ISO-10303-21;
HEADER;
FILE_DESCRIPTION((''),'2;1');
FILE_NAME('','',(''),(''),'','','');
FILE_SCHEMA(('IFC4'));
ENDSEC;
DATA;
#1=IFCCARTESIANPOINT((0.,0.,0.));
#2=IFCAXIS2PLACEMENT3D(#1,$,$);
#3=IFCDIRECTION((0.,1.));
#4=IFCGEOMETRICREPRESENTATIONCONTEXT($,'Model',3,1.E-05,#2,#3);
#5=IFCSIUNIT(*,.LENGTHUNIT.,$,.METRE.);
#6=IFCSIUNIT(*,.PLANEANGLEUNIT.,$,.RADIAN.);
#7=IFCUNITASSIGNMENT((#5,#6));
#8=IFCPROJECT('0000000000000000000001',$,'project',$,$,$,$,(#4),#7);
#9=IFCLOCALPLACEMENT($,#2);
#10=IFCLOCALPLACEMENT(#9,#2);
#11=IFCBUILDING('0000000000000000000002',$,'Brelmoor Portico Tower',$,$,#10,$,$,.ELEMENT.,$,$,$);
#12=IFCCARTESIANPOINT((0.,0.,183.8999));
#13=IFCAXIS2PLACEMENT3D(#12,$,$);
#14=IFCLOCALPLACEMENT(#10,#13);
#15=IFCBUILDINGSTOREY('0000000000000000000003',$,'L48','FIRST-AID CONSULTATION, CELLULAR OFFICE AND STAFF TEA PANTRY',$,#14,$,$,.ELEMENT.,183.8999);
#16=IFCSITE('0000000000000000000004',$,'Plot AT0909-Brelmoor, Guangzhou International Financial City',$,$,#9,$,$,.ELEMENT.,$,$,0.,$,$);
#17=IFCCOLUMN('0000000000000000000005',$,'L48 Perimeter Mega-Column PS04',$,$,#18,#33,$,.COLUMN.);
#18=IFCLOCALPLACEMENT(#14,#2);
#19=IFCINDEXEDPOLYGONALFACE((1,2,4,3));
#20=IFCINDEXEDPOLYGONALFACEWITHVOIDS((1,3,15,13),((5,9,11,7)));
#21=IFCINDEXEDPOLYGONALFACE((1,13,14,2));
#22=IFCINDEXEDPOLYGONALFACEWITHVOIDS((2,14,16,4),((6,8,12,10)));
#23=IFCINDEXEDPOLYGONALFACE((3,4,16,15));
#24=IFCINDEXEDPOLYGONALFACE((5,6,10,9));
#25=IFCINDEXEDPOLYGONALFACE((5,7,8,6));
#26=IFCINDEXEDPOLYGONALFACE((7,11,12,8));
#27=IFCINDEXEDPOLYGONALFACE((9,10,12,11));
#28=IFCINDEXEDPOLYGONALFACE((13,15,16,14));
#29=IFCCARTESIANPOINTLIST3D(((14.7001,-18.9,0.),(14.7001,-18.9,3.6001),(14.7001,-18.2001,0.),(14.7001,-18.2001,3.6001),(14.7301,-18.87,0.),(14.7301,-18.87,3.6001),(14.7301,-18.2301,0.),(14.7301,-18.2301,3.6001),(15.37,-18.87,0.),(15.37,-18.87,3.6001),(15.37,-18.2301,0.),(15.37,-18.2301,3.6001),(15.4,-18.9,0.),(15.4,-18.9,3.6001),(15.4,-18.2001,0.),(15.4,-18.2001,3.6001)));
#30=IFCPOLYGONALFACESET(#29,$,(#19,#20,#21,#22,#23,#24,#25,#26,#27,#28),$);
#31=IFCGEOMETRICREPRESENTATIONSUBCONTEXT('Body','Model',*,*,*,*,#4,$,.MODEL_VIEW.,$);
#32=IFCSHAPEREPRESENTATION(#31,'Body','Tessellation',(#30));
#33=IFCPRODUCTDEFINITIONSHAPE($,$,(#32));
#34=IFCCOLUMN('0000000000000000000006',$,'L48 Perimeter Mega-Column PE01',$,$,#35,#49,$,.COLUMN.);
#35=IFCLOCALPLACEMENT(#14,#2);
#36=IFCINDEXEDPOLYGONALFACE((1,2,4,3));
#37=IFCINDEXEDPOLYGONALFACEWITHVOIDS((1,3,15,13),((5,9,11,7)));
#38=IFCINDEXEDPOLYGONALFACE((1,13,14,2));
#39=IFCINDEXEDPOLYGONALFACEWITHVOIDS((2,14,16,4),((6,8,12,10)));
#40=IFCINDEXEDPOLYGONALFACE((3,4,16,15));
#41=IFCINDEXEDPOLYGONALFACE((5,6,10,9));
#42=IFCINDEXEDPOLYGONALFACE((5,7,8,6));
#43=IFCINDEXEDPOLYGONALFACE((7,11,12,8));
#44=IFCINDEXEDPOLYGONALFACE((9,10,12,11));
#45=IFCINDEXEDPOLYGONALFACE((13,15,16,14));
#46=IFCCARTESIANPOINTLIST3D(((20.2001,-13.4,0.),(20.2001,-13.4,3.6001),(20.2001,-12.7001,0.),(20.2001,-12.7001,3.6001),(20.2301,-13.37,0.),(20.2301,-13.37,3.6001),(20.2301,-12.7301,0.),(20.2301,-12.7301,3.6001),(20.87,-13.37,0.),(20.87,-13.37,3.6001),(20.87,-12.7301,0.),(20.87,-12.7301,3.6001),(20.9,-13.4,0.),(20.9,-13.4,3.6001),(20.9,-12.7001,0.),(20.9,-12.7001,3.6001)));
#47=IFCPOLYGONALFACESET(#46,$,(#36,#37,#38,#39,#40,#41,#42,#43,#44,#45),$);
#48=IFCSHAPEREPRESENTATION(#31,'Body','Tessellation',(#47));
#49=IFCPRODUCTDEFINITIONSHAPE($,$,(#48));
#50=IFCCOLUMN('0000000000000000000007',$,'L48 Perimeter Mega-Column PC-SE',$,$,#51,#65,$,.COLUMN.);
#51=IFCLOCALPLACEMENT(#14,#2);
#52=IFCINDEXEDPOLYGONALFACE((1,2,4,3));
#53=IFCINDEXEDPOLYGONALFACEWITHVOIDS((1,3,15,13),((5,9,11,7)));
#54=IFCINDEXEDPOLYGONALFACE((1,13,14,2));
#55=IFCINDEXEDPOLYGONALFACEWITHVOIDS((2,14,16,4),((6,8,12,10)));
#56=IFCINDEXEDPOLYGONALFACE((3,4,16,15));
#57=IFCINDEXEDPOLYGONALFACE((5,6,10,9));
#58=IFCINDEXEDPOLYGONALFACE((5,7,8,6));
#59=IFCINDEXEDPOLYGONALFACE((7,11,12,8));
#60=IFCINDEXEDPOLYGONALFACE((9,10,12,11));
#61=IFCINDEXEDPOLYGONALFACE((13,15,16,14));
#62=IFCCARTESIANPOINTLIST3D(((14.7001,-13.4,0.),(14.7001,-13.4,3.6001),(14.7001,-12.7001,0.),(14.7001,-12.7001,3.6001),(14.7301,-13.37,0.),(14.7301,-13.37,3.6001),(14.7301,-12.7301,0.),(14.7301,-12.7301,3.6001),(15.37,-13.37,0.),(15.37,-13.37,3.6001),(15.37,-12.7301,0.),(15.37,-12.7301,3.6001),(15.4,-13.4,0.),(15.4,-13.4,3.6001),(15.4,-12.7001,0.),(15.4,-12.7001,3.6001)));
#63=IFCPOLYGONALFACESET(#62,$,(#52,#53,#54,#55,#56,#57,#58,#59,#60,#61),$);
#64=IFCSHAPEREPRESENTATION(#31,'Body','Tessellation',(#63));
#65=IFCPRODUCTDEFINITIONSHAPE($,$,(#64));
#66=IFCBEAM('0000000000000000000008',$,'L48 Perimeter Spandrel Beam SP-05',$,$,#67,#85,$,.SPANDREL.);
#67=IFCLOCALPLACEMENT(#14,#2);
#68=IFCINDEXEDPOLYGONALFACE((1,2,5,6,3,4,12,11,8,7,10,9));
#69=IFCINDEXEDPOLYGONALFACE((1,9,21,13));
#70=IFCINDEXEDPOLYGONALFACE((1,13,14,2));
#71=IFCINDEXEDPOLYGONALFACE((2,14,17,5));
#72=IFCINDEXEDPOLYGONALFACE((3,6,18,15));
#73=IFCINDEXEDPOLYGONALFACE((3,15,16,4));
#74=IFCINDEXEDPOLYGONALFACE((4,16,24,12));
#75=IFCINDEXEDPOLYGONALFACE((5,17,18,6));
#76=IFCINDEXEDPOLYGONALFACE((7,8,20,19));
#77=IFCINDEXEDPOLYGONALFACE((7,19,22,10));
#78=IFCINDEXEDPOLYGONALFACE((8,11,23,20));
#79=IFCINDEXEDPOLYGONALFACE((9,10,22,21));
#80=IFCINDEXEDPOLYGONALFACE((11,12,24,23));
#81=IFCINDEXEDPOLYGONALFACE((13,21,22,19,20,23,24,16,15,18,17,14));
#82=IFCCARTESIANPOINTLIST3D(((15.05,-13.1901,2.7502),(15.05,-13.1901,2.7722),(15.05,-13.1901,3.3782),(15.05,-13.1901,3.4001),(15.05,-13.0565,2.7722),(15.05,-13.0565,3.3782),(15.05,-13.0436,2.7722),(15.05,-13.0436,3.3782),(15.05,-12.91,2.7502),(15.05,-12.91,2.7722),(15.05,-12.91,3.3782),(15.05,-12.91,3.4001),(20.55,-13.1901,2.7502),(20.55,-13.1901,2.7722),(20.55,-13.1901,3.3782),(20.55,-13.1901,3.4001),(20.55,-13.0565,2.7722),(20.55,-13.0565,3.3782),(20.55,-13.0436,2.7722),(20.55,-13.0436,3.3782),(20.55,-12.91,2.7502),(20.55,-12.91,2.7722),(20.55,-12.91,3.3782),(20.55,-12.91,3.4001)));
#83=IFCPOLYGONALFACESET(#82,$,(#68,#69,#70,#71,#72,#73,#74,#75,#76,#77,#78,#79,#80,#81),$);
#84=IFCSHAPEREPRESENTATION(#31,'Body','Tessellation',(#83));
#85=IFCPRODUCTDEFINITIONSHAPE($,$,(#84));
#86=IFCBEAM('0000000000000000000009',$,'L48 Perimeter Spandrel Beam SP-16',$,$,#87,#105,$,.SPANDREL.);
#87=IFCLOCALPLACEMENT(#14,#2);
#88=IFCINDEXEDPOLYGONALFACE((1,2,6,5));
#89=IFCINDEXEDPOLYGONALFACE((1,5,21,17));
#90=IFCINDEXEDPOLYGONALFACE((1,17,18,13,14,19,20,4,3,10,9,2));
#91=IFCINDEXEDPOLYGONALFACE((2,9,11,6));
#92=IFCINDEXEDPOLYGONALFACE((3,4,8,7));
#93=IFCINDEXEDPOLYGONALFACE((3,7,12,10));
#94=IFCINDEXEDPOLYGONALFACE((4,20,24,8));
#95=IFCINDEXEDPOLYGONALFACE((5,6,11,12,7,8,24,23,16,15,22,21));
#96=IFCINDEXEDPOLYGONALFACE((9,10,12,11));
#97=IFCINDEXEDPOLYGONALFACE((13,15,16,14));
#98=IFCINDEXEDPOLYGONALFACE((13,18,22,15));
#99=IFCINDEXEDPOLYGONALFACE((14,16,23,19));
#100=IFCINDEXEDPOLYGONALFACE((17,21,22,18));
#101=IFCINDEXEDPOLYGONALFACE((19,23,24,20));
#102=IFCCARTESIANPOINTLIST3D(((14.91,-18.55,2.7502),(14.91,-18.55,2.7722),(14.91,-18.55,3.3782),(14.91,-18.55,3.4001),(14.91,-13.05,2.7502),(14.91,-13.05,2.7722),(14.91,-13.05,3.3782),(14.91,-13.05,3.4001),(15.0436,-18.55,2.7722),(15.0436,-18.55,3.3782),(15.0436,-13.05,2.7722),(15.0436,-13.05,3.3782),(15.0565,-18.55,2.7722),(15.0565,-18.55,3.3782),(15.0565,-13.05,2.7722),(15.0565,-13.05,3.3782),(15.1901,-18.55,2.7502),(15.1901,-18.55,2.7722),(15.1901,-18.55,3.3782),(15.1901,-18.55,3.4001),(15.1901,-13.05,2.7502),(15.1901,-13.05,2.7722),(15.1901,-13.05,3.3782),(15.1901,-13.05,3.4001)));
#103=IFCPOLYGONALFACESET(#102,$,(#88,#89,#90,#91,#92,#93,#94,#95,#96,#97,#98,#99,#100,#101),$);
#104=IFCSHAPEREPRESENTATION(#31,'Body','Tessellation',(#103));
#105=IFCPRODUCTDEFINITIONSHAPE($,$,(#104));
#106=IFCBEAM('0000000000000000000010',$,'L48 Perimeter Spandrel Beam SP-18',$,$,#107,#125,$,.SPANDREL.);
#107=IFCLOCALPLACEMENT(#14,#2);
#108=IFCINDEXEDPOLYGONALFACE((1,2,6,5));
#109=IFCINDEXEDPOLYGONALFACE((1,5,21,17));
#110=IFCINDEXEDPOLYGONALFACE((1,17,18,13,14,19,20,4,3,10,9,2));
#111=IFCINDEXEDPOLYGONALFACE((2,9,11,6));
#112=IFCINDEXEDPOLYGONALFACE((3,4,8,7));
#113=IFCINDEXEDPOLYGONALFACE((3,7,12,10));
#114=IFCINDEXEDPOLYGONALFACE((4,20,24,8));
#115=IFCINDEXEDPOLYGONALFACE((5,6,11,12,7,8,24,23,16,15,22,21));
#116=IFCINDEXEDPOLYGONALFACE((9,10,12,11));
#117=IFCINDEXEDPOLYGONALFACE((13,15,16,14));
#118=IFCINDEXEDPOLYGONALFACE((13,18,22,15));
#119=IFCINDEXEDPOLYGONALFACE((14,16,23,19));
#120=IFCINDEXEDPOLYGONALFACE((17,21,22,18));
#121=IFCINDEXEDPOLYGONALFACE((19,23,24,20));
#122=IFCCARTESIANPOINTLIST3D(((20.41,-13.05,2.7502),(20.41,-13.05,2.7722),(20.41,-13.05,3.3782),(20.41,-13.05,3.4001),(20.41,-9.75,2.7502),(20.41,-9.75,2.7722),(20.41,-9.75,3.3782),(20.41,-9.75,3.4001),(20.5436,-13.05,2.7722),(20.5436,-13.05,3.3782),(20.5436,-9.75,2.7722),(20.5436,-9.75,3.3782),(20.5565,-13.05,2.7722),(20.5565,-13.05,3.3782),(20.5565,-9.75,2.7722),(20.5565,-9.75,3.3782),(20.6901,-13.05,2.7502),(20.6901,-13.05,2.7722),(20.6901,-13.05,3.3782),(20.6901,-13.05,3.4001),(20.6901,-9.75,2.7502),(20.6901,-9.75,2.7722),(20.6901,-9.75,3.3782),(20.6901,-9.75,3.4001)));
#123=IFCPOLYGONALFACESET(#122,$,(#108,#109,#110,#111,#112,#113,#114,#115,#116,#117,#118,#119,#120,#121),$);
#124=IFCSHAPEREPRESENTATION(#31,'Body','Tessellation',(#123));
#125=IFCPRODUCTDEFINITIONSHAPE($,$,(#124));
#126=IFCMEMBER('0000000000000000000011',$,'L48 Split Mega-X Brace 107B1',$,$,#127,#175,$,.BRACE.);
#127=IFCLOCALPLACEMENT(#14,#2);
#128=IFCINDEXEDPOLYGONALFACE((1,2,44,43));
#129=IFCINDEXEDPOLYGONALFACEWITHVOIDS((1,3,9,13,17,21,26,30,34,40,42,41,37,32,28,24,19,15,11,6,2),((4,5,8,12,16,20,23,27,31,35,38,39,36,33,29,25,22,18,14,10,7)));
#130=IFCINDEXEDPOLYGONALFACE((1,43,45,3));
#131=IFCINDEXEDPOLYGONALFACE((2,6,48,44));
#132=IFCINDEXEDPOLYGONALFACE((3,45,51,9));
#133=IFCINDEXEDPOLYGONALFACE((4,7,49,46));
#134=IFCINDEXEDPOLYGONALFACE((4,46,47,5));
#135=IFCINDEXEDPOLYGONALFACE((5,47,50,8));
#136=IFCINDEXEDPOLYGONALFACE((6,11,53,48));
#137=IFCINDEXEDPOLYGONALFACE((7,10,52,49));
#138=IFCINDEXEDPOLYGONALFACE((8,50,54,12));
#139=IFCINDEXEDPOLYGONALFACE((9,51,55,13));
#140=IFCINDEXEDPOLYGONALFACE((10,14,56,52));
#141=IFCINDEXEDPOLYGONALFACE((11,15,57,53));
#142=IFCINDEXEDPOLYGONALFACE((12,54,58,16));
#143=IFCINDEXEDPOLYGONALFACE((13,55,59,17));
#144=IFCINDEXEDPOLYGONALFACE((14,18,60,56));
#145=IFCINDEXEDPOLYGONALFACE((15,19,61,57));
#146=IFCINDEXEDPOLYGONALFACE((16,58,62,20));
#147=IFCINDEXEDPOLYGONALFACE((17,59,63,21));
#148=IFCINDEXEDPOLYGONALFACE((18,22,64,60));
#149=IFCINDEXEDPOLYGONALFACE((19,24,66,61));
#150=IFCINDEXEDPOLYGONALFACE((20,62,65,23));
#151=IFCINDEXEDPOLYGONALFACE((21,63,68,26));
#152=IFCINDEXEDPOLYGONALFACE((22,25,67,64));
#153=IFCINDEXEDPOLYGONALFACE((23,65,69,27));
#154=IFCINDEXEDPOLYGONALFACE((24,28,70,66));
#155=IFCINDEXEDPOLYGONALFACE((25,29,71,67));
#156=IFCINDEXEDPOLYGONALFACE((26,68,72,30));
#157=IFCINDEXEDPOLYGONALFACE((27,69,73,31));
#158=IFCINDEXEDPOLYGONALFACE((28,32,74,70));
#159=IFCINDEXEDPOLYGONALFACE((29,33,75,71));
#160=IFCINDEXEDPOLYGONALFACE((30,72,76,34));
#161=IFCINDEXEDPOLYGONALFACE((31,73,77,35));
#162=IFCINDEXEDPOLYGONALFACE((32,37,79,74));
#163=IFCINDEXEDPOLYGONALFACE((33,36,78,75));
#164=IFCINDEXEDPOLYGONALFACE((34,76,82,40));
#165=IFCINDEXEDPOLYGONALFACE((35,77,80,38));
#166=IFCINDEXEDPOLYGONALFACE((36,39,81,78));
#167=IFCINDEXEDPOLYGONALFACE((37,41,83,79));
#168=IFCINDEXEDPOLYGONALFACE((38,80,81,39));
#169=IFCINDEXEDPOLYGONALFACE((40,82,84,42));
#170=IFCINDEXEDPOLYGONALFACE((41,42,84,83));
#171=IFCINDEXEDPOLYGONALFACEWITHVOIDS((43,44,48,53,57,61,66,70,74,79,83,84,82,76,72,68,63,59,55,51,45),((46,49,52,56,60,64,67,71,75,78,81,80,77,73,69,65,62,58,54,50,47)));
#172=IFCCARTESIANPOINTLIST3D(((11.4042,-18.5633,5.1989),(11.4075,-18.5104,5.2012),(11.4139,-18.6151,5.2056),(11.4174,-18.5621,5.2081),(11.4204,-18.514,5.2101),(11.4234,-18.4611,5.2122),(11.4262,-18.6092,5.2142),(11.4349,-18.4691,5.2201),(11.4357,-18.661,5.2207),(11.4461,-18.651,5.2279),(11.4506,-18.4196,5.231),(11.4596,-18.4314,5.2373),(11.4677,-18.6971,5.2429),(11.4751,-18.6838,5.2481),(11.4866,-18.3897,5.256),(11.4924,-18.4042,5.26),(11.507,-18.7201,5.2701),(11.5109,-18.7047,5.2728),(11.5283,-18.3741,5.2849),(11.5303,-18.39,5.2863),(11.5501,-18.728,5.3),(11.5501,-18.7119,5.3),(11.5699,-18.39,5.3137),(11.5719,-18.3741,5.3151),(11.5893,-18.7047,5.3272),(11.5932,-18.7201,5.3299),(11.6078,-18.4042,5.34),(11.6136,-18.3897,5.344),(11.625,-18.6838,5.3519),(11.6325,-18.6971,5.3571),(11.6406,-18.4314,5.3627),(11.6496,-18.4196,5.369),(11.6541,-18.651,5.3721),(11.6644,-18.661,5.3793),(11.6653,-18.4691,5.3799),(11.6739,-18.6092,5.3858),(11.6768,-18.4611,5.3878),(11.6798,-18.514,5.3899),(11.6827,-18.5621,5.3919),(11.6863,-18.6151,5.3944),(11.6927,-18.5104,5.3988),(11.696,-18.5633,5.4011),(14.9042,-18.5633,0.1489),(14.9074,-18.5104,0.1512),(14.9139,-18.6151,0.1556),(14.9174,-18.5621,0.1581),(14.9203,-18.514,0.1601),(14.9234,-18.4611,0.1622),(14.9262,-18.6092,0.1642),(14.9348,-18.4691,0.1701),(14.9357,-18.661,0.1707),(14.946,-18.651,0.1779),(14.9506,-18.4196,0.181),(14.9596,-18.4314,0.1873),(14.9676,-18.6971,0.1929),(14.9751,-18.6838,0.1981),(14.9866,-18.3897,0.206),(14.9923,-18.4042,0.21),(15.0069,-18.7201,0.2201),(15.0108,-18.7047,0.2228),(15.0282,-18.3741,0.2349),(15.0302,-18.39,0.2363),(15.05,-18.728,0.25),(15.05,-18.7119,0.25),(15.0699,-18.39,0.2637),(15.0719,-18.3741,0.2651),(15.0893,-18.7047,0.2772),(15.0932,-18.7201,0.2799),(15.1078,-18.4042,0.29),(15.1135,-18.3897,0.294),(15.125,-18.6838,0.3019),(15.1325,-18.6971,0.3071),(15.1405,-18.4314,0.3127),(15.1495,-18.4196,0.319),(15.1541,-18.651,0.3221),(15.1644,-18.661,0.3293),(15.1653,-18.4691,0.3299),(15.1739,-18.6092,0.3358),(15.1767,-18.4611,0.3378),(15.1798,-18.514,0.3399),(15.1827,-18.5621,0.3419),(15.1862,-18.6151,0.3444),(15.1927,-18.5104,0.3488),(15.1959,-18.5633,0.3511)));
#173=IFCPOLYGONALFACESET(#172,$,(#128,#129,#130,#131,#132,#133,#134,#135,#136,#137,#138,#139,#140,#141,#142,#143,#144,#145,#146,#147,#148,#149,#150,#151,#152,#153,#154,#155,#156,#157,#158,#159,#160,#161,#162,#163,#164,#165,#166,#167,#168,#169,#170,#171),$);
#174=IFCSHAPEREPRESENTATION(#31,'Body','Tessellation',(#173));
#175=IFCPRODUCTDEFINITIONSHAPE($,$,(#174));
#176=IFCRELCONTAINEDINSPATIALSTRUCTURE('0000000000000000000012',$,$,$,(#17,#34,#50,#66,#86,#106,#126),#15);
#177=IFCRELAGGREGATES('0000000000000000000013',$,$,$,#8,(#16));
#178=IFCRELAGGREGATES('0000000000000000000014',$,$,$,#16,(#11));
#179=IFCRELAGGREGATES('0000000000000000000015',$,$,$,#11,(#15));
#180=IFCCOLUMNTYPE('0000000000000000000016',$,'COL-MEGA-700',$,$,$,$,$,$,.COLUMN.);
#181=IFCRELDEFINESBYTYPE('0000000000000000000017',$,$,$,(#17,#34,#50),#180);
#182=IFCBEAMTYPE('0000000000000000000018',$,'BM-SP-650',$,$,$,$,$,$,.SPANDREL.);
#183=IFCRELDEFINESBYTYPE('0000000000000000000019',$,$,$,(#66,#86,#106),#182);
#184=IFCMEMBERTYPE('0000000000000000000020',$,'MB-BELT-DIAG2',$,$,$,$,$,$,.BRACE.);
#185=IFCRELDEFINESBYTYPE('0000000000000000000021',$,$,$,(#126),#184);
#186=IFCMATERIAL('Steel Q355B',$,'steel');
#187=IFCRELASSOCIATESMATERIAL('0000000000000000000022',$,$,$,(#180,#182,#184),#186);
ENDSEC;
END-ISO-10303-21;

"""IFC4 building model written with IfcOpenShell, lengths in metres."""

from ifc_helpers import new_model, si_unit, direction, frame, origin, origin_2d, place, context, subcontext, project, spatial, hollow_rectangle, hollow_circle, i_section, extrude, material, material_profile, profile_set, type_object, element, save


model = new_model("IFC4")

# Units and contexts
model_context = context("Model", 3, precision=1e-05, world=origin(), true_north=direction((0.0, 1.0)))
body_context = subcontext(model_context, "Body", "Model", "MODEL_VIEW")
ifc_project = project(units=[si_unit("LENGTHUNIT", "METRE"), si_unit("PLANEANGLEUNIT", "RADIAN")], contexts=[model_context])

# Site, building, storey
site_placement = place(None, origin())
site = spatial("IfcSite", under=ifc_project, at=site_placement, Name="Plot AT0909-Brelmoor, Guangzhou International Financial City", CompositionType="ELEMENT", RefElevation=0.0)
building_placement = place(site_placement, origin())
building = spatial("IfcBuilding", under=site, at=building_placement, Name="Brelmoor Portico Tower", CompositionType="ELEMENT")
storey_placement = place(building_placement, frame((0.0, 0.0, 183.8999)))
storey = spatial("IfcBuildingStorey", under=building, at=storey_placement, Name="L48", Description="FIRST-AID CONSULTATION, CELLULAR OFFICE AND STAFF TEA PANTRY", CompositionType="ELEMENT", Elevation=183.8999)

# Columns
ifc_material_1 = material(Name="Steel Q355B", Category="steel")
ifc_material_profile_1 = material_profile(ifc_material_1, hollow_rectangle(XDim=0.7, YDim=0.7, WallThickness=0.03, at=origin_2d()), Name="BOX 700x700x30")
ifc_profile_set_1 = profile_set([ifc_material_profile_1], Name="Steel Q355B")
column_type = type_object("IfcColumnType", Name="COL-MEGA-700", PredefinedType="COLUMN", material=ifc_profile_set_1)
for number, where, z_axis, x_axis, name in (
    (1, (15.05, -18.55, 0.0), (0.0, 0.0, 1.0), (1.0, 0.0, 0.0), "L48 Perimeter Mega-Column PS04"),
    (2, (20.55, -13.05, 0.0), (0.0, 0.0, 1.0), (0.0, 1.0, 0.0), "L48 Perimeter Mega-Column PE01"),
    (3, (15.05, -13.05, 0.0), (0.0, 0.0, 1.0), (1.0, 0.0, 0.0), "L48 Perimeter Mega-Column PC-SE"),
):
    element("IfcColumn", number, at=place(storey_placement, frame(where, z_axis=z_axis, x_axis=x_axis)), inside=storey, type_object=column_type, Name=name, PredefinedType="COLUMN", context=body_context, shape_type="SweptSolid", body=[
        extrude(hollow_rectangle(XDim=0.7, YDim=0.7, WallThickness=0.03, at=origin_2d()), origin(), (0.0, 0.0, 1.0), 3.6001),
    ])

# Beams
ifc_material_profile_2 = material_profile(ifc_material_1, i_section(OverallWidth=0.28, OverallDepth=0.6499, WebThickness=0.0129, FlangeThickness=0.022, at=origin_2d()), Name="HN 650x280x13x22")
ifc_profile_set_2 = profile_set([ifc_material_profile_2], Name="Steel Q355B")
beam_type = type_object("IfcBeamType", Name="BM-SP-650", PredefinedType="SPANDREL", material=ifc_profile_set_2)
for number, where, z_axis, x_axis, name in (
    (4, (15.05, -13.05, 3.0752), (1.0, 0.0, 0.0), (0.0, 1.0, 0.0), "L48 Perimeter Spandrel Beam SP-05"),
    (5, (15.05, -18.55, 3.0752), (0.0, 1.0, 0.0), (-1.0, 0.0, 0.0), "L48 Perimeter Spandrel Beam SP-16"),
):
    element("IfcBeam", number, at=place(storey_placement, frame(where, z_axis=z_axis, x_axis=x_axis)), inside=storey, type_object=beam_type, Name=name, PredefinedType="SPANDREL", context=body_context, shape_type="SweptSolid", body=[
        extrude(i_section(OverallWidth=0.28, OverallDepth=0.6499, WebThickness=0.0129, FlangeThickness=0.022, at=origin_2d()), origin(), (0.0, 0.0, 1.0), 5.5),
    ])
beam_placement = place(storey_placement, frame((20.55, -13.05, 3.0752), z_axis=(0.0, 1.0, 0.0), x_axis=(-1.0, 0.0, 0.0)))
element("IfcBeam", 6, at=beam_placement, inside=storey, type_object=beam_type, Name="L48 Perimeter Spandrel Beam SP-18", PredefinedType="SPANDREL", context=body_context, shape_type="SweptSolid", body=[
    extrude(i_section(OverallWidth=0.28, OverallDepth=0.6499, WebThickness=0.0129, FlangeThickness=0.022, at=origin_2d()), origin(), (0.0, 0.0, 1.0), 3.3),
])

# Member
ifc_material_profile_3 = material_profile(ifc_material_1, hollow_circle(Radius=0.178, WallThickness=0.0161, at=origin_2d()), Name="CHS 356x16")
ifc_profile_set_3 = profile_set([ifc_material_profile_3], Name="Steel Q355B")
member_type_1 = type_object("IfcMemberType", Name="MB-BELT-DIAG2", PredefinedType="BRACE", material=ifc_profile_set_3)
member_1_placement = place(storey_placement, frame((15.05, -18.55, 0.25), z_axis=(-0.569629, 0.0, 0.821902), x_axis=(0.0, -1.0, 0.0)))
element("IfcMember", 7, at=member_1_placement, inside=storey, type_object=member_type_1, Name="L48 Split Mega-X Brace 107B1", PredefinedType="BRACE", context=body_context, shape_type="SweptSolid", body=[
    extrude(hollow_circle(Radius=0.178, WallThickness=0.0161, at=origin_2d()), origin(), (0.0, 0.0, 1.0), 6.1443),
])

save(model, "model.ifc")
